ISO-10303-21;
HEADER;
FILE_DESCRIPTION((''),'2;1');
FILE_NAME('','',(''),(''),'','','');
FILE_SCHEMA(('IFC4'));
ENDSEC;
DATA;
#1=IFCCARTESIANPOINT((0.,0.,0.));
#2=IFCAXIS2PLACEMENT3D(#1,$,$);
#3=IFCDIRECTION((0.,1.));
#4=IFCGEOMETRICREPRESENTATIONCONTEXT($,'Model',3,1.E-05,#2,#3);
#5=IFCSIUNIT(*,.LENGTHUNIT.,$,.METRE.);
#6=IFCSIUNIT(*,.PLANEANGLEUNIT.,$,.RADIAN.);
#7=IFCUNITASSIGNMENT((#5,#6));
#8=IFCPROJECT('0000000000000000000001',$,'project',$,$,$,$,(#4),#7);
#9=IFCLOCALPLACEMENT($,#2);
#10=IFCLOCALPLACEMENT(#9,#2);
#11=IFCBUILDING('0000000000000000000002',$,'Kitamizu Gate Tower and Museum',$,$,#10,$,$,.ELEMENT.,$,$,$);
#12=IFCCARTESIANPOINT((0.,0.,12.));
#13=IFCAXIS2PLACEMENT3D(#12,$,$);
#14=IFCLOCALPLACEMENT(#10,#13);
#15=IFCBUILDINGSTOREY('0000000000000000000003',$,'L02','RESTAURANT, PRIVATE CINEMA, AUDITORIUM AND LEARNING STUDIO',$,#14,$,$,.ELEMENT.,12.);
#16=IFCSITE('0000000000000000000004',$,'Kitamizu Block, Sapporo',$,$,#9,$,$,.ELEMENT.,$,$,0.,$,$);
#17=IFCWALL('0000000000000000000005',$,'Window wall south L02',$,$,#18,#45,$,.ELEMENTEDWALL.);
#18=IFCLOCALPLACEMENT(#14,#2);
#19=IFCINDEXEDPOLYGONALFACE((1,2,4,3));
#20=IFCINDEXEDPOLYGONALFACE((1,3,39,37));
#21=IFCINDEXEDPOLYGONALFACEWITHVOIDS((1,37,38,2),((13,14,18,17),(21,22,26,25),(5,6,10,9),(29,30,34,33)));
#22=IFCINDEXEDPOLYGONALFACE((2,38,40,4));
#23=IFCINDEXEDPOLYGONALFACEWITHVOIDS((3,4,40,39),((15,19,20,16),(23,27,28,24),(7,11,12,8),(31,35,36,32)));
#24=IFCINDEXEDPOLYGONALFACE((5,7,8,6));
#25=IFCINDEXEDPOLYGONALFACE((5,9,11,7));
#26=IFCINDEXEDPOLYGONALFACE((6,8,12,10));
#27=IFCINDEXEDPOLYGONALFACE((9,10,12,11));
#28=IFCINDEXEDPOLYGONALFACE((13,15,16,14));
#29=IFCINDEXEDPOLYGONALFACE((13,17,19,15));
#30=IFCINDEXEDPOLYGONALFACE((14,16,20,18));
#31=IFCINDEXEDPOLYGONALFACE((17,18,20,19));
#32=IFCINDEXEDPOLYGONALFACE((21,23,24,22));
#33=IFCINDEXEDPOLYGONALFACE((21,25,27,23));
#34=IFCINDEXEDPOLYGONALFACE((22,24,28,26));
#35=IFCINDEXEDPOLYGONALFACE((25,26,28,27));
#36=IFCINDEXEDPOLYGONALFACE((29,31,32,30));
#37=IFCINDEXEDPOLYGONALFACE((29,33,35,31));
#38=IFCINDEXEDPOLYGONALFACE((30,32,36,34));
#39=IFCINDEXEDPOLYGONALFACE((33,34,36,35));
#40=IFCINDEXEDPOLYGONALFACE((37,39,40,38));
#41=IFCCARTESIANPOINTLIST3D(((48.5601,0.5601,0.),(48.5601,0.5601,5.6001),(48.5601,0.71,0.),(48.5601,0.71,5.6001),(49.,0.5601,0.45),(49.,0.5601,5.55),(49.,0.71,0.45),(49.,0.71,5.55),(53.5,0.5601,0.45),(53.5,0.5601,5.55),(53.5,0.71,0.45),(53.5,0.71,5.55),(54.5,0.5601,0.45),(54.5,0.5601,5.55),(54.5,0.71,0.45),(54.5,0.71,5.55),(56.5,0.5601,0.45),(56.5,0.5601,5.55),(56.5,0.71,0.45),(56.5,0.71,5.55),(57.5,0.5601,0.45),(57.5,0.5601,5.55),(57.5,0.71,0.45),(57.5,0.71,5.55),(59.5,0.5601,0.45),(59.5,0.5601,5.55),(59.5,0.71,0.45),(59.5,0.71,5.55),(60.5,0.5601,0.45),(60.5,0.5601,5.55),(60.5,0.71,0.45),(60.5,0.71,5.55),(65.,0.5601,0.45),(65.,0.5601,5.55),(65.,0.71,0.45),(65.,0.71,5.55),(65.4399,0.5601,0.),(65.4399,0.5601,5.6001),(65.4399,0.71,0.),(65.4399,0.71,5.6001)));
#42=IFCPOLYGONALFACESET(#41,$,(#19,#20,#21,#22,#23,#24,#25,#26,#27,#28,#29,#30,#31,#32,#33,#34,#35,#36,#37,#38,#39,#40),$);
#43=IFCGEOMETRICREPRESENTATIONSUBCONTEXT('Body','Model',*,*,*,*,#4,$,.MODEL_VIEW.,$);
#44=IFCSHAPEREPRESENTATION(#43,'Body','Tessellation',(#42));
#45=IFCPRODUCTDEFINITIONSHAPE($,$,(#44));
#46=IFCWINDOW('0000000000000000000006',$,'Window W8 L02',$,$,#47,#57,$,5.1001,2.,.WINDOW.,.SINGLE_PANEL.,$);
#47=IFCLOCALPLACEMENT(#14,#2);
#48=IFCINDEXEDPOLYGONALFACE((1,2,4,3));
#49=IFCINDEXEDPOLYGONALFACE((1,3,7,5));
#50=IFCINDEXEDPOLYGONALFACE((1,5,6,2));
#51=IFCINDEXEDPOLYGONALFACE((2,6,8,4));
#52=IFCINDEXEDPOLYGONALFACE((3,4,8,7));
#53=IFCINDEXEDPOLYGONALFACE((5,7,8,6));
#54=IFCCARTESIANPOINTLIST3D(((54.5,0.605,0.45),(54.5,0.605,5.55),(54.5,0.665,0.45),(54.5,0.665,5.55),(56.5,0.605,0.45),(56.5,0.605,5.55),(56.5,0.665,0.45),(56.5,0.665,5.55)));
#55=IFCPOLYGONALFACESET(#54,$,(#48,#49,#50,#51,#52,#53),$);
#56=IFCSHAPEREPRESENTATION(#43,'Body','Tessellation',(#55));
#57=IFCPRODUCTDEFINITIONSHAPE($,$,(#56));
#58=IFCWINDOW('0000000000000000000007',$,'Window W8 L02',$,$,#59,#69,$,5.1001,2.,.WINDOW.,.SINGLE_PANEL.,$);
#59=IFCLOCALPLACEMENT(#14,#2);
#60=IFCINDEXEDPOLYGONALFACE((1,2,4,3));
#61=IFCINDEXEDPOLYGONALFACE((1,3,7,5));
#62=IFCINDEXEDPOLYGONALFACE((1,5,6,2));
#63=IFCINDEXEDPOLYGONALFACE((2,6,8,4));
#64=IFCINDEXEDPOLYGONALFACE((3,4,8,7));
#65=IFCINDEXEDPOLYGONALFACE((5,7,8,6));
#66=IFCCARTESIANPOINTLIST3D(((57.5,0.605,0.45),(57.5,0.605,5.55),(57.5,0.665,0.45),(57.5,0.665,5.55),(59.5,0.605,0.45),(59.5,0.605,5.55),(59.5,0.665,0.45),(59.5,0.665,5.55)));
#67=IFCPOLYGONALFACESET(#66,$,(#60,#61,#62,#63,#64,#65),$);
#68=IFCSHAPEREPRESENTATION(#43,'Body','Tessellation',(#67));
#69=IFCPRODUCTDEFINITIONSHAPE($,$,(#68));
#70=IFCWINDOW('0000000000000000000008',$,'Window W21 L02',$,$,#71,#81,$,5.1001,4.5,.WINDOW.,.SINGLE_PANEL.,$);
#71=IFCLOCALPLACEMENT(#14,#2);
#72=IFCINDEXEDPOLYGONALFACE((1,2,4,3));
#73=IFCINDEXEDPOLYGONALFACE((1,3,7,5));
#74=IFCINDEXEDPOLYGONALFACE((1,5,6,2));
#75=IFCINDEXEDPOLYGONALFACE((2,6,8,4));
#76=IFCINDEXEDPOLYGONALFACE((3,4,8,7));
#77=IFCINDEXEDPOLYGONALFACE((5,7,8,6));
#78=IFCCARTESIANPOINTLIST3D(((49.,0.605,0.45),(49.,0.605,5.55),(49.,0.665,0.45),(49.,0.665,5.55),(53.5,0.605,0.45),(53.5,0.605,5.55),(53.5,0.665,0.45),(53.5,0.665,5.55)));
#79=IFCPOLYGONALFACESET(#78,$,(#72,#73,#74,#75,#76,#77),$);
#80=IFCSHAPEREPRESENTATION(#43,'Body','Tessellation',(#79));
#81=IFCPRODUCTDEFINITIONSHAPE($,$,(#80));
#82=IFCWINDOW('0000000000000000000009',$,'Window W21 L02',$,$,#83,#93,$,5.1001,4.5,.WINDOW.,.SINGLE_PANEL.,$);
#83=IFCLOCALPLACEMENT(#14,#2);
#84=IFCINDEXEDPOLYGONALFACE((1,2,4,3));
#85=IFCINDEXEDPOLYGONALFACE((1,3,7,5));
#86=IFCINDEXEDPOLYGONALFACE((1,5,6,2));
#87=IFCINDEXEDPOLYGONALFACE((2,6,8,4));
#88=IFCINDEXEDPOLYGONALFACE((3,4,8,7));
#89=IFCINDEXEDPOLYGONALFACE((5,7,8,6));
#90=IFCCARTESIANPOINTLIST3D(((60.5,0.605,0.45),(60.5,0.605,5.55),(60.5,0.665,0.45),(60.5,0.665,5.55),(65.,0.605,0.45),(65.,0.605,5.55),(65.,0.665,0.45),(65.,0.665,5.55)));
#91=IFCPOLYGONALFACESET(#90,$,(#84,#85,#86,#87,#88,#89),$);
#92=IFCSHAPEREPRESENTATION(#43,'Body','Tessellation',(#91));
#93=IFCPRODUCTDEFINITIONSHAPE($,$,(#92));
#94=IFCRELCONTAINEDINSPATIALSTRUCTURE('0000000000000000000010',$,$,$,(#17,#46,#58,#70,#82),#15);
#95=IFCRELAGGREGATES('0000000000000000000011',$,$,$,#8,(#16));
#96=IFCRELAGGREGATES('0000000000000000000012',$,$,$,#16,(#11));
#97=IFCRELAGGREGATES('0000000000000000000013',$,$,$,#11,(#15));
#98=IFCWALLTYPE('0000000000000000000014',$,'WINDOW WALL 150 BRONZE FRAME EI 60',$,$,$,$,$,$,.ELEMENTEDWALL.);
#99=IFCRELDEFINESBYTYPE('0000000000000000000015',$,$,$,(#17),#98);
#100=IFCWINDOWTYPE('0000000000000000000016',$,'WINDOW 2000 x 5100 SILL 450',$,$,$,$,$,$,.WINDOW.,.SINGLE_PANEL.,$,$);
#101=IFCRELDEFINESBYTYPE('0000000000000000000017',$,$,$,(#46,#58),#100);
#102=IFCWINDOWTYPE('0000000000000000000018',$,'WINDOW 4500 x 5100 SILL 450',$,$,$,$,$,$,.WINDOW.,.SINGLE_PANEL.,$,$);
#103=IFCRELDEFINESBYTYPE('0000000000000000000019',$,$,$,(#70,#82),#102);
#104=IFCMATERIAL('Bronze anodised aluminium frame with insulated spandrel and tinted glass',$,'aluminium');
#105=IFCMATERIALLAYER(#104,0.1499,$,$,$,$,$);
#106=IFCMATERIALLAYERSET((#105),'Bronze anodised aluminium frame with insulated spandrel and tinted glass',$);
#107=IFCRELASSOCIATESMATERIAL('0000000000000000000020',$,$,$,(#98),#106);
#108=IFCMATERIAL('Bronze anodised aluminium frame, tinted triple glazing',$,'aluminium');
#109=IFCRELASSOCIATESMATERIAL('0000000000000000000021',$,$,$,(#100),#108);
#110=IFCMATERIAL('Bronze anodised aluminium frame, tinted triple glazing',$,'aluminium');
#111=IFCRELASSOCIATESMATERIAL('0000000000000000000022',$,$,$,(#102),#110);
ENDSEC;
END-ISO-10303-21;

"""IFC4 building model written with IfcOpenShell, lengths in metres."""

from ifc_helpers import new_model, si_unit, direction, frame, frame_2d, origin, place, context, subcontext, project, spatial, rectangle, extrude, material, layer, layer_set, type_object, element, fill, save


model = new_model("IFC4")

# Units and contexts
model_context = context("Model", 3, precision=1e-05, world=origin(), true_north=direction((0.0, 1.0)))
body_context = subcontext(model_context, "Body", "Model", "MODEL_VIEW")
ifc_project = project(units=[si_unit("LENGTHUNIT", "METRE"), si_unit("PLANEANGLEUNIT", "RADIAN")], contexts=[model_context])

# Site, building, storey
site_placement = place(None, origin())
site = spatial("IfcSite", under=ifc_project, at=site_placement, Name="Kitamizu Block, Sapporo", CompositionType="ELEMENT", RefElevation=0.0)
building_placement = place(site_placement, origin())
building = spatial("IfcBuilding", under=site, at=building_placement, Name="Kitamizu Gate Tower and Museum", CompositionType="ELEMENT")
storey_placement = place(building_placement, frame((0.0, 0.0, 12.0)))
storey = spatial("IfcBuildingStorey", under=building, at=storey_placement, Name="L02", Description="RESTAURANT, PRIVATE CINEMA, AUDITORIUM AND LEARNING STUDIO", CompositionType="ELEMENT", Elevation=12.0)

# Wall, openings, windows
ifc_material_1 = material(Name="Bronze anodised aluminium frame with insulated spandrel and tinted glass", Category="aluminium")
ifc_layer_1 = layer(ifc_material_1, 0.1499)
ifc_layer_set_1 = layer_set([ifc_layer_1], Name="Bronze anodised aluminium frame with insulated spandrel and tinted glass")
wall_type = type_object("IfcWallType", Name="WINDOW WALL 150 BRONZE FRAME EI 60", PredefinedType="ELEMENTEDWALL", material=ifc_layer_set_1)
wall_placement = place(storey_placement, frame((48.5601, 0.635, 0.0), z_axis=(0.0, 0.0, 1.0), x_axis=(1.0, 0.0, 0.0)))
wall = element("IfcWall", 1, at=wall_placement, inside=storey, type_object=wall_type, Name="Window wall south L02", PredefinedType="ELEMENTEDWALL", context=body_context, shape_type="SweptSolid", body=[
    extrude(rectangle(XDim=16.8799, YDim=0.1499, at=frame_2d((8.4399, 0.0))), origin(), (0.0, 0.0, 1.0), 5.6001),
])
opening_1_placement = place(wall_placement, frame((0.4399, 0.0, 0.45)))
opening_1 = element("IfcOpeningElement", 2, at=opening_1_placement, cuts=wall, PredefinedType="OPENING", context=body_context, shape_type="SweptSolid", body=[
    extrude(rectangle(XDim=4.5, YDim=5.1001, at=frame_2d((2.25, 2.55))), frame((0.0, 0.085, 0.0), z_axis=(0.0, -1.0, 0.0), x_axis=(1.0, 0.0, 0.0)), (0.0, 0.0, 1.0), 0.1699),
])
opening_2_placement = place(wall_placement, frame((5.9399, 0.0, 0.45)))
opening_2 = element("IfcOpeningElement", 3, at=opening_2_placement, cuts=wall, PredefinedType="OPENING", context=body_context, shape_type="SweptSolid", body=[
    extrude(rectangle(XDim=2.0, YDim=5.1001, at=frame_2d((1.0, 2.55))), frame((0.0, 0.085, 0.0), z_axis=(0.0, -1.0, 0.0), x_axis=(1.0, 0.0, 0.0)), (0.0, 0.0, 1.0), 0.1699),
])
opening_3_placement = place(wall_placement, frame((8.9399, 0.0, 0.45)))
opening_3 = element("IfcOpeningElement", 4, at=opening_3_placement, cuts=wall, PredefinedType="OPENING", context=body_context, shape_type="SweptSolid", body=[
    extrude(rectangle(XDim=2.0, YDim=5.1001, at=frame_2d((1.0, 2.55))), frame((0.0, 0.085, 0.0), z_axis=(0.0, -1.0, 0.0), x_axis=(1.0, 0.0, 0.0)), (0.0, 0.0, 1.0), 0.1699),
])
opening_4_placement = place(wall_placement, frame((11.9399, 0.0, 0.45)))
opening_4 = element("IfcOpeningElement", 5, at=opening_4_placement, cuts=wall, PredefinedType="OPENING", context=body_context, shape_type="SweptSolid", body=[
    extrude(rectangle(XDim=4.5, YDim=5.1001, at=frame_2d((2.25, 2.55))), frame((0.0, 0.085, 0.0), z_axis=(0.0, -1.0, 0.0), x_axis=(1.0, 0.0, 0.0)), (0.0, 0.0, 1.0), 0.1699),
])
ifc_material_2 = material(Name="Bronze anodised aluminium frame, tinted triple glazing", Category="aluminium")
window_type_1 = type_object("IfcWindowType", Name="WINDOW 2000 x 5100 SILL 450", PartitioningType="SINGLE_PANEL", PredefinedType="WINDOW", material=ifc_material_2)
window_1_placement = place(opening_2_placement, origin())
window_1 = element("IfcWindow", 6, at=window_1_placement, inside=storey, type_object=window_type_1, Name="Window W8 L02", OverallHeight=5.1001, OverallWidth=2.0, PartitioningType="SINGLE_PANEL", PredefinedType="WINDOW", context=body_context, shape_type="SweptSolid", body=[
    extrude(rectangle(XDim=2.0, YDim=5.1001, at=frame_2d((1.0, 2.55))), frame((0.0, 0.03, 0.0), z_axis=(0.0, -1.0, 0.0), x_axis=(1.0, 0.0, 0.0)), (0.0, 0.0, 1.0), 0.0601),
])
fill(opening_2, window_1)
window_2_placement = place(opening_3_placement, origin())
window_2 = element("IfcWindow", 7, at=window_2_placement, inside=storey, type_object=window_type_1, Name="Window W8 L02", OverallHeight=5.1001, OverallWidth=2.0, PartitioningType="SINGLE_PANEL", PredefinedType="WINDOW", context=body_context, shape_type="SweptSolid", body=[
    extrude(rectangle(XDim=2.0, YDim=5.1001, at=frame_2d((1.0, 2.55))), frame((0.0, 0.03, 0.0), z_axis=(0.0, -1.0, 0.0), x_axis=(1.0, 0.0, 0.0)), (0.0, 0.0, 1.0), 0.0601),
])
fill(opening_3, window_2)
ifc_material_3 = material(Name="Bronze anodised aluminium frame, tinted triple glazing", Category="aluminium")
window_type_2 = type_object("IfcWindowType", Name="WINDOW 4500 x 5100 SILL 450", PartitioningType="SINGLE_PANEL", PredefinedType="WINDOW", material=ifc_material_3)
window_3_placement = place(opening_1_placement, origin())
window_3 = element("IfcWindow", 8, at=window_3_placement, inside=storey, type_object=window_type_2, Name="Window W21 L02", OverallHeight=5.1001, OverallWidth=4.5, PartitioningType="SINGLE_PANEL", PredefinedType="WINDOW", context=body_context, shape_type="SweptSolid", body=[
    extrude(rectangle(XDim=4.5, YDim=5.1001, at=frame_2d((2.25, 2.55))), frame((0.0, 0.03, 0.0), z_axis=(0.0, -1.0, 0.0), x_axis=(1.0, 0.0, 0.0)), (0.0, 0.0, 1.0), 0.0601),
])
fill(opening_1, window_3)
window_4_placement = place(opening_4_placement, origin())
window_4 = element("IfcWindow", 9, at=window_4_placement, inside=storey, type_object=window_type_2, Name="Window W21 L02", OverallHeight=5.1001, OverallWidth=4.5, PartitioningType="SINGLE_PANEL", PredefinedType="WINDOW", context=body_context, shape_type="SweptSolid", body=[
    extrude(rectangle(XDim=4.5, YDim=5.1001, at=frame_2d((2.25, 2.55))), frame((0.0, 0.03, 0.0), z_axis=(0.0, -1.0, 0.0), x_axis=(1.0, 0.0, 0.0)), (0.0, 0.0, 1.0), 0.0601),
])
fill(opening_4, window_4)

save(model, "model.ifc")
